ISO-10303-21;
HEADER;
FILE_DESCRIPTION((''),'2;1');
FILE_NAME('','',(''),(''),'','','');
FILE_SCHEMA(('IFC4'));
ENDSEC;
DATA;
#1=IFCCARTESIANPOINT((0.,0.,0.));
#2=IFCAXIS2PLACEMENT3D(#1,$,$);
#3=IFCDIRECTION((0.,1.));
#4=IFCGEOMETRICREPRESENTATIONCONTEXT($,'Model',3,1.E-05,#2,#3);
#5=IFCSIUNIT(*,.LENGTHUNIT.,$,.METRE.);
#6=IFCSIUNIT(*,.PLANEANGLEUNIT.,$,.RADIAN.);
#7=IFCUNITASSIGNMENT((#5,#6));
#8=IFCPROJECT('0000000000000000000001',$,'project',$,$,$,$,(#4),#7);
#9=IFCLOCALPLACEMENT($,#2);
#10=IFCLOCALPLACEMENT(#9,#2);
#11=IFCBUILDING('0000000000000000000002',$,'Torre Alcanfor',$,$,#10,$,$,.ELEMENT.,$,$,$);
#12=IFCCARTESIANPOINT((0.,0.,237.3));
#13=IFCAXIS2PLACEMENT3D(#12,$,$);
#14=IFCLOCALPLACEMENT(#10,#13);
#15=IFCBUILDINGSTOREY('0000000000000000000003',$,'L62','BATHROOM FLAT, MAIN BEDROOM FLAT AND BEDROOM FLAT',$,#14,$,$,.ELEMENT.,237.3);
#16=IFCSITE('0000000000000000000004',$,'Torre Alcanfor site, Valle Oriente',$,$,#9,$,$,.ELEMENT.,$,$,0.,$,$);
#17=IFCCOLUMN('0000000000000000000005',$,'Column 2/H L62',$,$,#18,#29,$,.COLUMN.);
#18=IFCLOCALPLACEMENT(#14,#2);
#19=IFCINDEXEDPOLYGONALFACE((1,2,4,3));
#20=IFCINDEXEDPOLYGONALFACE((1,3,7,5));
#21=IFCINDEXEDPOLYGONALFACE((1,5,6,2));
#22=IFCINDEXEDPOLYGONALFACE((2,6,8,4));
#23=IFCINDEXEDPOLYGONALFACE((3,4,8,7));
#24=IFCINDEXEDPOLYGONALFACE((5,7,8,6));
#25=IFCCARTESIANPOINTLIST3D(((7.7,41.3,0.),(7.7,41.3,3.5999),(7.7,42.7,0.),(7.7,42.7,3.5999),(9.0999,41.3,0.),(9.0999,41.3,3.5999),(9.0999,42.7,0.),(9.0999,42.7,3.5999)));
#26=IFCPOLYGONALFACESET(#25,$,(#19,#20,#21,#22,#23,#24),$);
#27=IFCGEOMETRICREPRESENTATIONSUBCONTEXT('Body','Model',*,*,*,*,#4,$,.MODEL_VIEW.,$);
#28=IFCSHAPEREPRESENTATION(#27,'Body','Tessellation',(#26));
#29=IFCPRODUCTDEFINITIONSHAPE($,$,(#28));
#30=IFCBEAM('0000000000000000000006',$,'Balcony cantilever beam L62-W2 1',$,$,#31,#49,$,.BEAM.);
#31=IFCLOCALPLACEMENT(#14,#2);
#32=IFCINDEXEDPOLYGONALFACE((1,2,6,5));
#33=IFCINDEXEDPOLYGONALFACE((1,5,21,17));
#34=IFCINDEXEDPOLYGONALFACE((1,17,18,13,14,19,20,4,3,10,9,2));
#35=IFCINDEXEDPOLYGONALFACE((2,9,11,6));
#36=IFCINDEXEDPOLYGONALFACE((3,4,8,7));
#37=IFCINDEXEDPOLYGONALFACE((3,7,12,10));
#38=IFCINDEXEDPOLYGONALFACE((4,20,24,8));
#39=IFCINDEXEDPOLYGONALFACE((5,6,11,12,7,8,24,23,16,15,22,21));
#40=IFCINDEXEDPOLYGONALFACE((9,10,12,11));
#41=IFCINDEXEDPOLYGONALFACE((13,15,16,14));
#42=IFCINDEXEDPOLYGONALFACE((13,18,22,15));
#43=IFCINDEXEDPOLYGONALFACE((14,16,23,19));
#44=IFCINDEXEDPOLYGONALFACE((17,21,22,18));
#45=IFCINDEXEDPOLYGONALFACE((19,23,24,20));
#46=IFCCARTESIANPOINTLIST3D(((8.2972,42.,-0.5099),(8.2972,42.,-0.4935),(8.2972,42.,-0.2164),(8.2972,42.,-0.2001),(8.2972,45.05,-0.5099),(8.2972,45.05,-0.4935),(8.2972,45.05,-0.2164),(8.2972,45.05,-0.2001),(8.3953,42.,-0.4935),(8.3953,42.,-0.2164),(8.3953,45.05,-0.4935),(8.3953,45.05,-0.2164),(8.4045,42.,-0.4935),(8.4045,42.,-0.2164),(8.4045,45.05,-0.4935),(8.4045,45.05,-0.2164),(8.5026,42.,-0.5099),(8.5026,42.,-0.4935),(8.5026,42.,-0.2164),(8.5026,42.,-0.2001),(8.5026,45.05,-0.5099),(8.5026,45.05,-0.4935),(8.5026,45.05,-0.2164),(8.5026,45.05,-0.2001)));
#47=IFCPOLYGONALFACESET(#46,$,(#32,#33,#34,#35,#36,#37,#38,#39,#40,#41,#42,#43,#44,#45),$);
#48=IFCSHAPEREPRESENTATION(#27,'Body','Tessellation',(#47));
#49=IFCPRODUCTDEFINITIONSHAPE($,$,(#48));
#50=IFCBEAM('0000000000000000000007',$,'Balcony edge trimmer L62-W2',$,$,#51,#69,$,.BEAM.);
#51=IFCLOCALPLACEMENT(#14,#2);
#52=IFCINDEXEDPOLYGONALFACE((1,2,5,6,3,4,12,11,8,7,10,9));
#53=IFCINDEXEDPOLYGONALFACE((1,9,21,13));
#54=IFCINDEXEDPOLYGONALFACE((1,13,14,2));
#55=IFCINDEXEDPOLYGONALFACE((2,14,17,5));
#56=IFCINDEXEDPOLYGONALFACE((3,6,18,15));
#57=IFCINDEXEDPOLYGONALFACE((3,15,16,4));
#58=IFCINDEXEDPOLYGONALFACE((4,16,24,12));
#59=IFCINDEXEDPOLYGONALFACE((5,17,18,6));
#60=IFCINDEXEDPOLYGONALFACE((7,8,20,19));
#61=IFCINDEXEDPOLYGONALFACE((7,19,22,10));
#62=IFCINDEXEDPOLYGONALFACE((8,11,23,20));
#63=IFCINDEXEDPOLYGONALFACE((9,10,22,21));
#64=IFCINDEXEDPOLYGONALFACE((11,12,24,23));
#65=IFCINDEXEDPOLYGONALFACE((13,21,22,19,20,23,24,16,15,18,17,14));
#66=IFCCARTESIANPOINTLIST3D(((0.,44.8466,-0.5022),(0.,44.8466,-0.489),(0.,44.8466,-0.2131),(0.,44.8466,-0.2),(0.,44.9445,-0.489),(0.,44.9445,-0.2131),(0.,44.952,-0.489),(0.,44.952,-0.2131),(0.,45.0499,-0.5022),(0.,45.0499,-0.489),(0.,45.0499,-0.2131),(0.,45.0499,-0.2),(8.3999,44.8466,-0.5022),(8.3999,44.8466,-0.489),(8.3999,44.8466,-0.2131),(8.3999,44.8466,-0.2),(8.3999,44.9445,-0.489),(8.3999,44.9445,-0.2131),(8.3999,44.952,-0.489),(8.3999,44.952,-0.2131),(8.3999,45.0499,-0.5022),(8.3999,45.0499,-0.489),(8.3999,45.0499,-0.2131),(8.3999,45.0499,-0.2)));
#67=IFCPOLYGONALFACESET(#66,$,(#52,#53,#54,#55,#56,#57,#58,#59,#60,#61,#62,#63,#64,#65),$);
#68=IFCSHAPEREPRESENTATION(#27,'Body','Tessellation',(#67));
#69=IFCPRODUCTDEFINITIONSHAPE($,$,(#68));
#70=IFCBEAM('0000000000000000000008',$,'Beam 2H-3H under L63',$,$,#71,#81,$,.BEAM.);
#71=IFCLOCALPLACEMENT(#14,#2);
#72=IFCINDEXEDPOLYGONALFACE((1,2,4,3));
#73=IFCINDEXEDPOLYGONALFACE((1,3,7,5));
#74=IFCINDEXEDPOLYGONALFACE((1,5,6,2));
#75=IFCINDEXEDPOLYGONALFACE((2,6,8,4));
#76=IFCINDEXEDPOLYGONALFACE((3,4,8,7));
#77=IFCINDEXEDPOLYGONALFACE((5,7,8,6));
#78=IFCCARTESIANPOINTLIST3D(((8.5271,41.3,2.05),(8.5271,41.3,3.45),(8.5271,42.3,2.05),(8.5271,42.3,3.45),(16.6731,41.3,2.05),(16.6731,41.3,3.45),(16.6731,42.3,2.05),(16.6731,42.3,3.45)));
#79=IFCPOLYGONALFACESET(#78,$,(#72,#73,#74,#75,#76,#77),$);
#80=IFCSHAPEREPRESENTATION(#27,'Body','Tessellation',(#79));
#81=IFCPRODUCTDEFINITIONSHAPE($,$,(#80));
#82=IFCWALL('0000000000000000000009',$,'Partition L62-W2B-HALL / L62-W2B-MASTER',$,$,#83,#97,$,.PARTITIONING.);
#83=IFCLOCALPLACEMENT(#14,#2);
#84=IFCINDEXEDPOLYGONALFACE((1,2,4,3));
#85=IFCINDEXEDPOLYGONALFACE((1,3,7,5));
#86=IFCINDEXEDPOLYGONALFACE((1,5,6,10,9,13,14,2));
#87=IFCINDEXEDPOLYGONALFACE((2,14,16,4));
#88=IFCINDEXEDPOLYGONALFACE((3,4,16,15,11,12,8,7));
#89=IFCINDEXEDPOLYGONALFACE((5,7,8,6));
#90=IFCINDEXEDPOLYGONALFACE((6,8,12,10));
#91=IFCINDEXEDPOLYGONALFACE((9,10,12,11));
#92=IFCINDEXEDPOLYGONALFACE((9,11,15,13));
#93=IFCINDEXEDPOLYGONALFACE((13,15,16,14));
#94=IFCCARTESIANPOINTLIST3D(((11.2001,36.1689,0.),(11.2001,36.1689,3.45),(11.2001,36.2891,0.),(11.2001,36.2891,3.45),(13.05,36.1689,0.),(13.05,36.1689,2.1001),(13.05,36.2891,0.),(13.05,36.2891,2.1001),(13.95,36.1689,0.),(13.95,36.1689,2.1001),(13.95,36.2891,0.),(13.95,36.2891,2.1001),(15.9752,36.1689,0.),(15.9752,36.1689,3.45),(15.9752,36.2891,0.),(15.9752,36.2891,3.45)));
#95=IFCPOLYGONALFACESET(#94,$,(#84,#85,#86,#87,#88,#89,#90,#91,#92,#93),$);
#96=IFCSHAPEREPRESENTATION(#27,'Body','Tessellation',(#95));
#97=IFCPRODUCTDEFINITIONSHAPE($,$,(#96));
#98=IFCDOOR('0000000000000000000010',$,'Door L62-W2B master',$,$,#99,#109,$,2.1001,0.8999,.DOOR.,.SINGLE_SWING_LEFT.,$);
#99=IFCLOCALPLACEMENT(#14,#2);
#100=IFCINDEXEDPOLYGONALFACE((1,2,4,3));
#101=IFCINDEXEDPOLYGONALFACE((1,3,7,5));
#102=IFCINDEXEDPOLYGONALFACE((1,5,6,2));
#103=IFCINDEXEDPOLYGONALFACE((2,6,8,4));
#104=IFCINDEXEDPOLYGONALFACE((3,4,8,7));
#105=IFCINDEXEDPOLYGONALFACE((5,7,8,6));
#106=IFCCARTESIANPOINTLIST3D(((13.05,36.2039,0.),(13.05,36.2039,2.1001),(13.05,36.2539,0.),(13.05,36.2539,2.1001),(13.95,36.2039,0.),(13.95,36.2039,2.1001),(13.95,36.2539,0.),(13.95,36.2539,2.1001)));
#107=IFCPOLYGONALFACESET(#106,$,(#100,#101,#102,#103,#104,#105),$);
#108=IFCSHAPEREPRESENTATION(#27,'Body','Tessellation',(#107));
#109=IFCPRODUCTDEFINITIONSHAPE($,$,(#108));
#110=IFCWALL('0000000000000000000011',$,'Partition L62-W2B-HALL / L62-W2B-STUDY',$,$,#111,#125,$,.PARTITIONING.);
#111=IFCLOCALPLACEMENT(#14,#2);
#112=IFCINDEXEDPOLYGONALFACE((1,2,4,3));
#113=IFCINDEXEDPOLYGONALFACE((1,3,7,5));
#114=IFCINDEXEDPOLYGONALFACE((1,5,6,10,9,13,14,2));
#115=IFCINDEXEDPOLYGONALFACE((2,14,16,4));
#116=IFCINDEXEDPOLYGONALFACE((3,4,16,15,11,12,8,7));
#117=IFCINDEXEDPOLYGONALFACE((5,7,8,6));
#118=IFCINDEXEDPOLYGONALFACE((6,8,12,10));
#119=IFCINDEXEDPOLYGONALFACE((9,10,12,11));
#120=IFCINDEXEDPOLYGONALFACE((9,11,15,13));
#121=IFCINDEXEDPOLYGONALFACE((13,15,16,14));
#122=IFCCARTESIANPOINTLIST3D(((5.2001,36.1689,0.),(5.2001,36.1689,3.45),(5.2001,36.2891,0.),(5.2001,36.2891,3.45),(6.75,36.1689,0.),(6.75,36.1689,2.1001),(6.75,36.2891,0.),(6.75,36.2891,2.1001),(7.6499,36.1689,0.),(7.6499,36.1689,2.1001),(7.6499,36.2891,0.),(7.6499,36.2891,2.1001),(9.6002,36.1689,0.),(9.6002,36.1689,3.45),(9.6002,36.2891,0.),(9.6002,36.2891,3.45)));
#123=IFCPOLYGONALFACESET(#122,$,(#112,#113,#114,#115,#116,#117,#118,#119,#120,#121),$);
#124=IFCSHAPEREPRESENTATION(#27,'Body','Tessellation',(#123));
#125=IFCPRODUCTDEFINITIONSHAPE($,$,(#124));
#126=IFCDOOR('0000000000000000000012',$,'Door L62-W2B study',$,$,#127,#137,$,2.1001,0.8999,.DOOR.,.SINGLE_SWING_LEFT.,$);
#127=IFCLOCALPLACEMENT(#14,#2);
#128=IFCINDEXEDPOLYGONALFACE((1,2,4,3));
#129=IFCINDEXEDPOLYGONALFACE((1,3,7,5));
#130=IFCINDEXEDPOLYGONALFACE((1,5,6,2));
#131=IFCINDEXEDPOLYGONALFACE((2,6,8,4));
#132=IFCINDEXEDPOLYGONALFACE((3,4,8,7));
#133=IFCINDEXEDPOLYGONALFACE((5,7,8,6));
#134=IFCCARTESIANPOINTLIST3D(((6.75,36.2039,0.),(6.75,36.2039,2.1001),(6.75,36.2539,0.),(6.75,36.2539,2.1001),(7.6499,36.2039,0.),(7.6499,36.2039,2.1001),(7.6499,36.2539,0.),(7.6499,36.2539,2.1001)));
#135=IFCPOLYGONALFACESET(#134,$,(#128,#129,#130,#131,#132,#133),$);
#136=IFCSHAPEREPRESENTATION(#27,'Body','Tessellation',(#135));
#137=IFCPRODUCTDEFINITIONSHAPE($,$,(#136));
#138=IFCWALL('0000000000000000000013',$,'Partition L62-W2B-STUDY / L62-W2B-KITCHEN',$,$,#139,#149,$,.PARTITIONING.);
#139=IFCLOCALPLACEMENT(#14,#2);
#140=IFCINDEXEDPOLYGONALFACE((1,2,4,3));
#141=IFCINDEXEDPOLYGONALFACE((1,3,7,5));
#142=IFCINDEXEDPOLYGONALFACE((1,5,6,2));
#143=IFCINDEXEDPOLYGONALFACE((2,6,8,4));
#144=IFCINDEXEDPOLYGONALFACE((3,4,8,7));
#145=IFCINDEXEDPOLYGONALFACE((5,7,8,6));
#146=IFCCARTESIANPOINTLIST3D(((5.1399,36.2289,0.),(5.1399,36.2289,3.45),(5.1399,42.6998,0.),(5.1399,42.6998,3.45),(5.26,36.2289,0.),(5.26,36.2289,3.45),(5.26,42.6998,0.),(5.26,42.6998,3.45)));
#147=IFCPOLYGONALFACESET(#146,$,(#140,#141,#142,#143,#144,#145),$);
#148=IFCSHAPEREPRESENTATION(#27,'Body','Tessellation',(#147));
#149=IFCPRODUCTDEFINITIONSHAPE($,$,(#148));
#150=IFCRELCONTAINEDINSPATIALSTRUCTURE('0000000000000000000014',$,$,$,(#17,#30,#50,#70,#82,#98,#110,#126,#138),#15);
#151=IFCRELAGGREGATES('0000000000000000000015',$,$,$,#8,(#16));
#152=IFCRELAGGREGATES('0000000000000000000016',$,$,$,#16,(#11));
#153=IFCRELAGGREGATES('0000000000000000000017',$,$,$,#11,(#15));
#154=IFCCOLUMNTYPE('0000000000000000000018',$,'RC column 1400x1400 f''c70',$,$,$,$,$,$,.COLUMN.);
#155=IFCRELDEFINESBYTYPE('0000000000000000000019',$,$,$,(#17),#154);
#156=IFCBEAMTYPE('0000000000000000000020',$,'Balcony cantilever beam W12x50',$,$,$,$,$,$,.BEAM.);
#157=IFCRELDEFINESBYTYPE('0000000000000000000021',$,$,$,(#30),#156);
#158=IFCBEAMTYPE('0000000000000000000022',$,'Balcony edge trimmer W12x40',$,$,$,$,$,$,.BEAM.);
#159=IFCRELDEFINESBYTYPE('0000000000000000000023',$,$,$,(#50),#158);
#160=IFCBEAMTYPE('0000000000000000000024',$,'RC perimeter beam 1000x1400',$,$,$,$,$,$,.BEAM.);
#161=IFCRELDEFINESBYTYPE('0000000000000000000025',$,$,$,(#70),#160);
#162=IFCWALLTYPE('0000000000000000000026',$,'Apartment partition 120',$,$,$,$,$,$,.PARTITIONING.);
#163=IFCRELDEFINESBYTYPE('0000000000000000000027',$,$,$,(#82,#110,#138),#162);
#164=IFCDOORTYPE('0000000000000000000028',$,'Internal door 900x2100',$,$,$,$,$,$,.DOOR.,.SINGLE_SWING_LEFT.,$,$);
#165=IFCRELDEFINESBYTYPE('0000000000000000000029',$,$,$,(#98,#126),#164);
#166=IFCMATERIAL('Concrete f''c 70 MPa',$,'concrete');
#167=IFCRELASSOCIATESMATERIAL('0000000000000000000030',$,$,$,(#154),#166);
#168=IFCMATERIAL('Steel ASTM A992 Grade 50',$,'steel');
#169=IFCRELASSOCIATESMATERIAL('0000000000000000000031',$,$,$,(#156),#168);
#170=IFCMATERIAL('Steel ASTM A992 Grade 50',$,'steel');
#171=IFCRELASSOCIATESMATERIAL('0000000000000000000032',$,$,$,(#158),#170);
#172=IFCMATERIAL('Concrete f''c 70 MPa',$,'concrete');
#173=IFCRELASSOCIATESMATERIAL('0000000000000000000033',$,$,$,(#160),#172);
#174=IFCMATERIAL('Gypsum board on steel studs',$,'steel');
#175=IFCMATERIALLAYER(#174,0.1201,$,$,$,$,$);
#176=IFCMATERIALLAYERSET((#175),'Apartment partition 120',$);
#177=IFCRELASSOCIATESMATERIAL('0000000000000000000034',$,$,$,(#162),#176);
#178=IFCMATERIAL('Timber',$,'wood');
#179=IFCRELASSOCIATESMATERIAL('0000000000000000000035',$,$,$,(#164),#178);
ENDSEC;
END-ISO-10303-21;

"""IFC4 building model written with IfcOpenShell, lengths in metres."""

from ifc_helpers import new_model, si_unit, direction, frame, frame_2d, origin, origin_2d, place, context, subcontext, project, spatial, rectangle, i_section, extrude, material, layer, layer_set, material_profile, profile_set, type_object, element, fill, save


model = new_model("IFC4")

# Units and contexts
model_context = context("Model", 3, precision=1e-05, world=origin(), true_north=direction((0.0, 1.0)))
body_context = subcontext(model_context, "Body", "Model", "MODEL_VIEW")
ifc_project = project(units=[si_unit("LENGTHUNIT", "METRE"), si_unit("PLANEANGLEUNIT", "RADIAN")], contexts=[model_context])

# Site, building, storey
site_placement = place(None, origin())
site = spatial("IfcSite", under=ifc_project, at=site_placement, Name="Torre Alcanfor site, Valle Oriente", CompositionType="ELEMENT", RefElevation=0.0)
building_placement = place(site_placement, origin())
building = spatial("IfcBuilding", under=site, at=building_placement, Name="Torre Alcanfor", CompositionType="ELEMENT")
storey_placement = place(building_placement, frame((0.0, 0.0, 237.3)))
storey = spatial("IfcBuildingStorey", under=building, at=storey_placement, Name="L62", Description="BATHROOM FLAT, MAIN BEDROOM FLAT AND BEDROOM FLAT", CompositionType="ELEMENT", Elevation=237.3)

# Column
ifc_material_1 = material(Name="Concrete f'c 70 MPa", Category="concrete")
ifc_material_profile_1 = material_profile(ifc_material_1, rectangle(XDim=1.3999, YDim=1.3999, at=origin_2d()), Name="1400x1400")
ifc_profile_set_1 = profile_set([ifc_material_profile_1], Name="Concrete f'c 70 MPa")
column_type = type_object("IfcColumnType", Name="RC column 1400x1400 f'c70", PredefinedType="COLUMN", material=ifc_profile_set_1)
column_placement = place(storey_placement, frame((8.3999, 42.0, 0.0), z_axis=(0.0, 0.0, 1.0), x_axis=(1.0, 0.0, 0.0)))
element("IfcColumn", 1, at=column_placement, inside=storey, type_object=column_type, Name="Column 2/H L62", PredefinedType="COLUMN", context=body_context, shape_type="SweptSolid", body=[
    extrude(rectangle(XDim=1.3999, YDim=1.3999, at=origin_2d()), origin(), (0.0, 0.0, 1.0), 3.5999),
])

# Beams
ifc_material_2 = material(Name="Steel ASTM A992 Grade 50", Category="steel")
ifc_material_profile_2 = material_profile(ifc_material_2, i_section(OverallWidth=0.2053, OverallDepth=0.3098, WebThickness=0.0093, FlangeThickness=0.0164, at=origin_2d()), Name="W12x50")
ifc_profile_set_2 = profile_set([ifc_material_profile_2], Name="Steel ASTM A992 Grade 50")
beam_type_1 = type_object("IfcBeamType", Name="Balcony cantilever beam W12x50", PredefinedType="BEAM", material=ifc_profile_set_2)
beam_1_placement = place(storey_placement, frame((8.3999, 42.0, -0.355), z_axis=(0.0, 1.0, 0.0), x_axis=(-1.0, 0.0, 0.0)))
element("IfcBeam", 2, at=beam_1_placement, inside=storey, type_object=beam_type_1, Name="Balcony cantilever beam L62-W2 1", PredefinedType="BEAM", context=body_context, shape_type="SweptSolid", body=[
    extrude(i_section(OverallWidth=0.2053, OverallDepth=0.3098, WebThickness=0.0093, FlangeThickness=0.0164, at=origin_2d()), origin(), (0.0, 0.0, 1.0), 3.05),
])
ifc_material_3 = material(Name="Steel ASTM A992 Grade 50", Category="steel")
ifc_material_profile_3 = material_profile(ifc_material_3, i_section(OverallWidth=0.2034, OverallDepth=0.3022, WebThickness=0.0076, FlangeThickness=0.0132, at=origin_2d()), Name="W12x40")
ifc_profile_set_3 = profile_set([ifc_material_profile_3], Name="Steel ASTM A992 Grade 50")
beam_type_2 = type_object("IfcBeamType", Name="Balcony edge trimmer W12x40", PredefinedType="BEAM", material=ifc_profile_set_3)
beam_2_placement = place(storey_placement, frame((8.3999, 44.9482, -0.3511), z_axis=(-1.0, 0.0, 0.0), x_axis=(0.0, -1.0, 0.0)))
element("IfcBeam", 3, at=beam_2_placement, inside=storey, type_object=beam_type_2, Name="Balcony edge trimmer L62-W2", PredefinedType="BEAM", context=body_context, shape_type="SweptSolid", body=[
    extrude(i_section(OverallWidth=0.2034, OverallDepth=0.3022, WebThickness=0.0076, FlangeThickness=0.0132, at=origin_2d()), origin(), (0.0, 0.0, 1.0), 8.3999),
])
ifc_material_4 = material(Name="Concrete f'c 70 MPa", Category="concrete")
ifc_material_profile_4 = material_profile(ifc_material_4, rectangle(XDim=1.0, YDim=1.3999, at=origin_2d()), Name="1000x1400")
ifc_profile_set_4 = profile_set([ifc_material_profile_4], Name="Concrete f'c 70 MPa")
beam_type_3 = type_object("IfcBeamType", Name="RC perimeter beam 1000x1400", PredefinedType="BEAM", material=ifc_profile_set_4)
beam_3_placement = place(storey_placement, frame((8.5271, 41.8, 2.75), z_axis=(1.0, 0.0, 0.0), x_axis=(0.0, 1.0, 0.0)))
element("IfcBeam", 4, at=beam_3_placement, inside=storey, type_object=beam_type_3, Name="Beam 2H-3H under L63", PredefinedType="BEAM", context=body_context, shape_type="SweptSolid", body=[
    extrude(rectangle(XDim=1.0, YDim=1.3999, at=origin_2d()), origin(), (0.0, 0.0, 1.0), 8.146),
])

# Walls, openings, doors
ifc_material_5 = material(Name="Gypsum board on steel studs", Category="steel")
ifc_layer_1 = layer(ifc_material_5, 0.1201)
ifc_layer_set_1 = layer_set([ifc_layer_1], Name="Apartment partition 120")
wall_type_1 = type_object("IfcWallType", Name="Apartment partition 120", PredefinedType="PARTITIONING", material=ifc_layer_set_1)
wall_1_placement = place(storey_placement, frame((11.2, 36.229, 0.0), z_axis=(0.0, 0.0, 1.0), x_axis=(1.0, 0.0, 0.0)))
wall_1 = element("IfcWall", 5, at=wall_1_placement, inside=storey, type_object=wall_type_1, Name="Partition L62-W2B-HALL / L62-W2B-MASTER", PredefinedType="PARTITIONING", context=body_context, shape_type="SweptSolid", body=[
    extrude(rectangle(XDim=4.7751, YDim=0.1201, at=frame_2d((2.3877, 0.0))), origin(), (0.0, 0.0, 1.0), 3.45),
])
opening_1_placement = place(wall_1_placement, frame((1.8501, 0.0, 0.0)))
opening_1 = element("IfcOpeningElement", 6, at=opening_1_placement, cuts=wall_1, PredefinedType="OPENING", context=body_context, shape_type="SweptSolid", body=[
    extrude(rectangle(XDim=0.8999, YDim=2.1001, at=frame_2d((0.45, 1.05))), frame((0.0, 0.0701, 0.0), z_axis=(0.0, -1.0, 0.0), x_axis=(1.0, 0.0, 0.0)), (0.0, 0.0, 1.0), 0.1401),
])
ifc_material_6 = material(Name="Timber", Category="wood")
door_type_1 = type_object("IfcDoorType", Name="Internal door 900x2100", OperationType="SINGLE_SWING_LEFT", PredefinedType="DOOR", material=ifc_material_6)
door_1_placement = place(opening_1_placement, origin())
door_1 = element("IfcDoor", 7, at=door_1_placement, inside=storey, type_object=door_type_1, Name="Door L62-W2B master", OperationType="SINGLE_SWING_LEFT", OverallHeight=2.1001, OverallWidth=0.8999, PredefinedType="DOOR", context=body_context, shape_type="SweptSolid", body=[
    extrude(rectangle(XDim=0.8999, YDim=2.1001, at=frame_2d((0.45, 1.05))), frame((0.0, 0.0249, 0.0), z_axis=(0.0, -1.0, 0.0), x_axis=(1.0, 0.0, 0.0)), (0.0, 0.0, 1.0), 0.05),
])
fill(opening_1, door_1)
wall_2_placement = place(storey_placement, frame((5.2, 36.229, 0.0), z_axis=(0.0, 0.0, 1.0), x_axis=(1.0, 0.0, 0.0)))
wall_2 = element("IfcWall", 8, at=wall_2_placement, inside=storey, type_object=wall_type_1, Name="Partition L62-W2B-HALL / L62-W2B-STUDY", PredefinedType="PARTITIONING", context=body_context, shape_type="SweptSolid", body=[
    extrude(rectangle(XDim=4.4001, YDim=0.1201, at=frame_2d((2.2002, 0.0))), origin(), (0.0, 0.0, 1.0), 3.45),
])
opening_2_placement = place(wall_2_placement, frame((1.55, 0.0, 0.0)))
opening_2 = element("IfcOpeningElement", 9, at=opening_2_placement, cuts=wall_2, PredefinedType="OPENING", context=body_context, shape_type="SweptSolid", body=[
    extrude(rectangle(XDim=0.8999, YDim=2.1001, at=frame_2d((0.45, 1.05))), frame((0.0, 0.0701, 0.0), z_axis=(0.0, -1.0, 0.0), x_axis=(1.0, 0.0, 0.0)), (0.0, 0.0, 1.0), 0.1401),
])
door_2_placement = place(opening_2_placement, origin())
door_2 = element("IfcDoor", 10, at=door_2_placement, inside=storey, type_object=door_type_1, Name="Door L62-W2B study", OperationType="SINGLE_SWING_LEFT", OverallHeight=2.1001, OverallWidth=0.8999, PredefinedType="DOOR", context=body_context, shape_type="SweptSolid", body=[
    extrude(rectangle(XDim=0.8999, YDim=2.1001, at=frame_2d((0.45, 1.05))), frame((0.0, 0.0249, 0.0), z_axis=(0.0, -1.0, 0.0), x_axis=(1.0, 0.0, 0.0)), (0.0, 0.0, 1.0), 0.05),
])
fill(opening_2, door_2)

# Wall
wall_3_placement = place(storey_placement, frame((5.2, 36.229, 0.0), z_axis=(0.0, 0.0, 1.0), x_axis=(0.0, 1.0, 0.0)))
element("IfcWall", 11, at=wall_3_placement, inside=storey, type_object=wall_type_1, Name="Partition L62-W2B-STUDY / L62-W2B-KITCHEN", PredefinedType="PARTITIONING", context=body_context, shape_type="SweptSolid", body=[
    extrude(rectangle(XDim=6.4709, YDim=0.1201, at=frame_2d((3.2354, 0.0))), origin(), (0.0, 0.0, 1.0), 3.45),
])

save(model, "model.ifc")
